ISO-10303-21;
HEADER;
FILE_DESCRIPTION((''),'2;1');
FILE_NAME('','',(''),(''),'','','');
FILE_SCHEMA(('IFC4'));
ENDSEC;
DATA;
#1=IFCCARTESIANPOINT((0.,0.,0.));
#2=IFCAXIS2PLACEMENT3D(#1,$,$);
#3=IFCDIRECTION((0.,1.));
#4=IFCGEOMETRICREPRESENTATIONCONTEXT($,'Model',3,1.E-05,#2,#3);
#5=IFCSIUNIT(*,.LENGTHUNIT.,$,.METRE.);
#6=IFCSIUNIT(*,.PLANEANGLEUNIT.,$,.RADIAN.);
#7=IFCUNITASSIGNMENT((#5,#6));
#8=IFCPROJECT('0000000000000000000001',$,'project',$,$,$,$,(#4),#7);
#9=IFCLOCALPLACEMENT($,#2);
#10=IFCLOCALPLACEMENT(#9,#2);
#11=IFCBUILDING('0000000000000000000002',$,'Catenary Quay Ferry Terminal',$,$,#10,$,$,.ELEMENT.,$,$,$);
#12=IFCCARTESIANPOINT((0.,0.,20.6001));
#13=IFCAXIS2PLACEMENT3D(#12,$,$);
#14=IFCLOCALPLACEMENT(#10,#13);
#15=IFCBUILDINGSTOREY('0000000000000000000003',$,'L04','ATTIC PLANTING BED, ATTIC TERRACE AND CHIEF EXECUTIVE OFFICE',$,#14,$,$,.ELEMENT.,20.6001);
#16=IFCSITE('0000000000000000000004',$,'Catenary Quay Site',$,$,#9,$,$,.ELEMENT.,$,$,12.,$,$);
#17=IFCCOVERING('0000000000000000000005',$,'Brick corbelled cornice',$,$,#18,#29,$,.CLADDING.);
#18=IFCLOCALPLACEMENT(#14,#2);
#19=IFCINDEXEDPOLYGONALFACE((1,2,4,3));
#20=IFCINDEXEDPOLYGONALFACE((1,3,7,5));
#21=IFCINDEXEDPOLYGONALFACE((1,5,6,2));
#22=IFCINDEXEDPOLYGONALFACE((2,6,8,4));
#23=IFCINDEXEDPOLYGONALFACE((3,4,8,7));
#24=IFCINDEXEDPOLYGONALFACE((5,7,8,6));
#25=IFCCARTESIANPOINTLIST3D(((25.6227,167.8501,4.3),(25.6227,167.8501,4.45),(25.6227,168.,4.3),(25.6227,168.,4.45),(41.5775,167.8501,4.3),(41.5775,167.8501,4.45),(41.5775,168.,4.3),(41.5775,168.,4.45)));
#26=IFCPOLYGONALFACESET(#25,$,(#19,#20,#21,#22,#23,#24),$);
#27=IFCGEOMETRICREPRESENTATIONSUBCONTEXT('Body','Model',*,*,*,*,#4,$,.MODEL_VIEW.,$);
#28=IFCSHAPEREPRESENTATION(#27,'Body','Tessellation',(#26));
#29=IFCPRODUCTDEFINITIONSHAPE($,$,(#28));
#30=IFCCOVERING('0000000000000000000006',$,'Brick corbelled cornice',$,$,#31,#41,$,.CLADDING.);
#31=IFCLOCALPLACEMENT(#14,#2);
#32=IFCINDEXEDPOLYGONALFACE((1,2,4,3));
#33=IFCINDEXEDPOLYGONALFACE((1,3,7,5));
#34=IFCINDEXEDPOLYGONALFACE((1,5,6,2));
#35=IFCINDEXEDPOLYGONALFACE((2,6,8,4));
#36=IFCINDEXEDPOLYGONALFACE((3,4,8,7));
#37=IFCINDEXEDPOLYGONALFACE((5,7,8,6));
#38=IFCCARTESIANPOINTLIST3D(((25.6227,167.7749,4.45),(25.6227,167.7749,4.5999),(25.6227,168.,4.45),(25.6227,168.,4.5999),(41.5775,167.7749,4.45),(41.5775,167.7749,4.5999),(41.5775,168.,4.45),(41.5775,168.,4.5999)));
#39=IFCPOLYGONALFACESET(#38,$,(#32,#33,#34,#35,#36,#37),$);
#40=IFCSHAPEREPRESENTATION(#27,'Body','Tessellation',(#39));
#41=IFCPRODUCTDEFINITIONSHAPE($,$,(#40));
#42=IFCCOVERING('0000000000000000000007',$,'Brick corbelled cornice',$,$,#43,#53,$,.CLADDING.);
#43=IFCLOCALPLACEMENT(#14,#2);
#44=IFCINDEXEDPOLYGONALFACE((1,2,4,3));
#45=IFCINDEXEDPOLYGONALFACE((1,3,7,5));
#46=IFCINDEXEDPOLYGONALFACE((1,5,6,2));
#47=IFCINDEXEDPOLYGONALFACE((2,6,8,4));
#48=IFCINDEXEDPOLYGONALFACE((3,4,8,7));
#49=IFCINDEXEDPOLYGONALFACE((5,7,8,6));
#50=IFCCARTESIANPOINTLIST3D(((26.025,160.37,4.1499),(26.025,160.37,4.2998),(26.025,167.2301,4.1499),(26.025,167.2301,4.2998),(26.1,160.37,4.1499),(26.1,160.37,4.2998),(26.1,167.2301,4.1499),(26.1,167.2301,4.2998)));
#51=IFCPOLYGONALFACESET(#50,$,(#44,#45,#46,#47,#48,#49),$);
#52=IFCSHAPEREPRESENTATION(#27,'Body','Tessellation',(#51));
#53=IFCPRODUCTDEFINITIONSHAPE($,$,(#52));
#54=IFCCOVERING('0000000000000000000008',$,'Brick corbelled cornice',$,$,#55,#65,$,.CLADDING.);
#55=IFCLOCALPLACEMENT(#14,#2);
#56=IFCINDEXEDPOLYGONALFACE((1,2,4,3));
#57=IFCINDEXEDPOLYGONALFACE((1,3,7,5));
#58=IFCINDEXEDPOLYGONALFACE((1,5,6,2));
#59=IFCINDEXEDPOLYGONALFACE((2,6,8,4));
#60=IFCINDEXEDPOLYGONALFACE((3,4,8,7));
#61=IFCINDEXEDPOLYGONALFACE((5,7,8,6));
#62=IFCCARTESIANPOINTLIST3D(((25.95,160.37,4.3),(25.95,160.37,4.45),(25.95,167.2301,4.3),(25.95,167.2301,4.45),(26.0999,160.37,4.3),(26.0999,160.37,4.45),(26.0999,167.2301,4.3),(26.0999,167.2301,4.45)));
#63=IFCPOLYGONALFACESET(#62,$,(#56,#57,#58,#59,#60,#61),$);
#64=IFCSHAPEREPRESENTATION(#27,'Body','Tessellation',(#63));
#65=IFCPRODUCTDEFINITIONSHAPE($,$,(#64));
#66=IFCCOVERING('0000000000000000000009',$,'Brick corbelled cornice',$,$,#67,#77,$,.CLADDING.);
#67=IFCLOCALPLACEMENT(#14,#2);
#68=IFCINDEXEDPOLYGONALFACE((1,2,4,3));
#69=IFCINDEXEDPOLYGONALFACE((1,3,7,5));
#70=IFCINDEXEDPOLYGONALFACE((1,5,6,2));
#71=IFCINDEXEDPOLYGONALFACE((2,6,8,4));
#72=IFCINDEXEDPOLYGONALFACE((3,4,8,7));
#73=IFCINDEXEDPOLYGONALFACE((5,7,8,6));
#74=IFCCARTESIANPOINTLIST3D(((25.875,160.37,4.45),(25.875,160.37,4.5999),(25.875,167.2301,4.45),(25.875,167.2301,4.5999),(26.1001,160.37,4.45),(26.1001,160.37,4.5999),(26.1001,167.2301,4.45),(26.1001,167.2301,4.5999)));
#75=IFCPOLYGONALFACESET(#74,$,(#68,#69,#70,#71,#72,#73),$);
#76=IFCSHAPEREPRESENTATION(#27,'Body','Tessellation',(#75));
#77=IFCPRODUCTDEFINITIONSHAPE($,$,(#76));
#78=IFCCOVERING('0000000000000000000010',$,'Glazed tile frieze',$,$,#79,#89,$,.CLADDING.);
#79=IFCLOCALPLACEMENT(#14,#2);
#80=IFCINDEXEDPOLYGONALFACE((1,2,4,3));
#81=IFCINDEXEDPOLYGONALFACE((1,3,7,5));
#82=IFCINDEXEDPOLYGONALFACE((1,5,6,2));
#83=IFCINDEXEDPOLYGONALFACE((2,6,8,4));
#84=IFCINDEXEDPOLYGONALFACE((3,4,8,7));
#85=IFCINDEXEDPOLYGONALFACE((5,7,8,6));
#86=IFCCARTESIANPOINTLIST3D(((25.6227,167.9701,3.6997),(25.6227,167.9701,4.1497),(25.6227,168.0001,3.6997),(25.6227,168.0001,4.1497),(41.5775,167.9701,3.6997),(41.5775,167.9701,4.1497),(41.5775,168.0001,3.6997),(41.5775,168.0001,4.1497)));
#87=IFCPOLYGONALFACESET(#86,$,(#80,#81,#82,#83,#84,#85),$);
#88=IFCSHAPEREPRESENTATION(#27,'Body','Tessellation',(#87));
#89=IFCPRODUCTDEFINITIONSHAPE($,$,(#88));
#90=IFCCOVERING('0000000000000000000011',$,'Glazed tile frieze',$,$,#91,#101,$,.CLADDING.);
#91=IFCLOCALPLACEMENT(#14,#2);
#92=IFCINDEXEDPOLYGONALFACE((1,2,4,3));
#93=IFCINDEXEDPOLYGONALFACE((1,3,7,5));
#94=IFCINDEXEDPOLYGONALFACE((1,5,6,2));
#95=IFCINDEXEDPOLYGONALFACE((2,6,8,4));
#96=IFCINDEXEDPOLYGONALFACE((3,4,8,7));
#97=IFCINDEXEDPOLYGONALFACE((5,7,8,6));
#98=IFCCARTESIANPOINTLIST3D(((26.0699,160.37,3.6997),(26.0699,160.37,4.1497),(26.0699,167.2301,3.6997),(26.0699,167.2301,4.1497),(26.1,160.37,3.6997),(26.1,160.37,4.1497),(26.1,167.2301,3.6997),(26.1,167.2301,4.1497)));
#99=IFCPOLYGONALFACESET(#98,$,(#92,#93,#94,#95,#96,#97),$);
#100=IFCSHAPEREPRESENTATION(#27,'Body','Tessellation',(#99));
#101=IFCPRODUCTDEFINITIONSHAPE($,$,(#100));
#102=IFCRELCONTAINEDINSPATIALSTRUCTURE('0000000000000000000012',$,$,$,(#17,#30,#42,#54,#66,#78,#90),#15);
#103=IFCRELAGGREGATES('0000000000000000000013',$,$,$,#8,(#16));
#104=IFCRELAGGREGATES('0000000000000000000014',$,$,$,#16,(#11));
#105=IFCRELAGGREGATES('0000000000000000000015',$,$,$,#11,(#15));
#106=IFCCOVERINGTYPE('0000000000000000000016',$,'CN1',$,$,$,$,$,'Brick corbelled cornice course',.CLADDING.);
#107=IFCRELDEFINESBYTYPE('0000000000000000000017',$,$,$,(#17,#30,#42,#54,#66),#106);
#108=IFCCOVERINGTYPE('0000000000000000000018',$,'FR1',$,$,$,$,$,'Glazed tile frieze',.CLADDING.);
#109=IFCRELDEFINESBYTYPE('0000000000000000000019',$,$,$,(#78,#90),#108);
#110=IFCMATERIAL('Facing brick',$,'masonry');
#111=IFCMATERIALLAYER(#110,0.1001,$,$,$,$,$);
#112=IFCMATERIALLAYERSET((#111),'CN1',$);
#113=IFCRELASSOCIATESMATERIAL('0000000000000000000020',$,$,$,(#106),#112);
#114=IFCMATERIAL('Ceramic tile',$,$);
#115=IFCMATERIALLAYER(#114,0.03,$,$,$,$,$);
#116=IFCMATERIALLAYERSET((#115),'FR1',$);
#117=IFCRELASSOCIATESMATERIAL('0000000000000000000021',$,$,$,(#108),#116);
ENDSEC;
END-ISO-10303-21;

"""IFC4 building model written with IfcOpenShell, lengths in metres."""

from ifc_helpers import new_model, si_unit, direction, frame, origin, origin_2d, place, context, subcontext, project, spatial, rectangle, extrude, material, layer, layer_set, type_object, element, save


model = new_model("IFC4")

# Units and contexts
model_context = context("Model", 3, precision=1e-05, world=origin(), true_north=direction((0.0, 1.0)))
body_context = subcontext(model_context, "Body", "Model", "MODEL_VIEW")
ifc_project = project(units=[si_unit("LENGTHUNIT", "METRE"), si_unit("PLANEANGLEUNIT", "RADIAN")], contexts=[model_context])

# Site, building, storey
site_placement = place(None, origin())
site = spatial("IfcSite", under=ifc_project, at=site_placement, Name="Catenary Quay Site", CompositionType="ELEMENT", RefElevation=12.0)
building_placement = place(site_placement, origin())
building = spatial("IfcBuilding", under=site, at=building_placement, Name="Catenary Quay Ferry Terminal", CompositionType="ELEMENT")
storey_placement = place(building_placement, frame((0.0, 0.0, 20.6001)))
storey = spatial("IfcBuildingStorey", under=building, at=storey_placement, Name="L04", Description="ATTIC PLANTING BED, ATTIC TERRACE AND CHIEF EXECUTIVE OFFICE", CompositionType="ELEMENT", Elevation=20.6001)

# Coverings
ifc_material_1 = material(Name="Facing brick", Category="masonry")
ifc_layer_1 = layer(ifc_material_1, 0.1001)
ifc_layer_set_1 = layer_set([ifc_layer_1], Name="CN1")
covering_type_1 = type_object("IfcCoveringType", Name="CN1", ElementType="Brick corbelled cornice course", PredefinedType="CLADDING", material=ifc_layer_set_1)
covering_1_placement = place(storey_placement, frame((33.6001, 167.925, 4.3), z_axis=(0.0, 0.0, 1.0), x_axis=(1.0, 0.0, 0.0)))
element("IfcCovering", 1, at=covering_1_placement, inside=storey, type_object=covering_type_1, Name="Brick corbelled cornice", PredefinedType="CLADDING", context=body_context, shape_type="SweptSolid", body=[
    extrude(rectangle(XDim=15.9548, YDim=0.1499, at=origin_2d()), origin(), (0.0, 0.0, 1.0), 0.1499),
])
covering_2_placement = place(storey_placement, frame((33.6001, 167.8875, 4.45), z_axis=(0.0, 0.0, 1.0), x_axis=(1.0, 0.0, 0.0)))
element("IfcCovering", 2, at=covering_2_placement, inside=storey, type_object=covering_type_1, Name="Brick corbelled cornice", PredefinedType="CLADDING", context=body_context, shape_type="SweptSolid", body=[
    extrude(rectangle(XDim=15.9548, YDim=0.2251, at=origin_2d()), origin(), (0.0, 0.0, 1.0), 0.1499),
])
covering_3_placement = place(storey_placement, frame((26.0625, 163.8, 4.1499), z_axis=(0.0, 0.0, 1.0), x_axis=(1.0, 0.0, 0.0)))
element("IfcCovering", 3, at=covering_3_placement, inside=storey, type_object=covering_type_1, Name="Brick corbelled cornice", PredefinedType="CLADDING", context=body_context, shape_type="SweptSolid", body=[
    extrude(rectangle(XDim=0.075, YDim=6.8601, at=origin_2d()), origin(), (0.0, 0.0, 1.0), 0.1499),
])
covering_4_placement = place(storey_placement, frame((26.0249, 163.8, 4.3), z_axis=(0.0, 0.0, 1.0), x_axis=(1.0, 0.0, 0.0)))
element("IfcCovering", 4, at=covering_4_placement, inside=storey, type_object=covering_type_1, Name="Brick corbelled cornice", PredefinedType="CLADDING", context=body_context, shape_type="SweptSolid", body=[
    extrude(rectangle(XDim=0.1499, YDim=6.8601, at=origin_2d()), origin(), (0.0, 0.0, 1.0), 0.1499),
])
covering_5_placement = place(storey_placement, frame((25.9875, 163.8, 4.45), z_axis=(0.0, 0.0, 1.0), x_axis=(1.0, 0.0, 0.0)))
element("IfcCovering", 5, at=covering_5_placement, inside=storey, type_object=covering_type_1, Name="Brick corbelled cornice", PredefinedType="CLADDING", context=body_context, shape_type="SweptSolid", body=[
    extrude(rectangle(XDim=0.2251, YDim=6.8601, at=origin_2d()), origin(), (0.0, 0.0, 1.0), 0.1499),
])
ifc_material_2 = material(Name="Ceramic tile")
ifc_layer_2 = layer(ifc_material_2, 0.03)
ifc_layer_set_2 = layer_set([ifc_layer_2], Name="FR1")
covering_type_2 = type_object("IfcCoveringType", Name="FR1", ElementType="Glazed tile frieze", PredefinedType="CLADDING", material=ifc_layer_set_2)
covering_6_placement = place(storey_placement, frame((33.6001, 167.9851, 3.6997), z_axis=(0.0, 0.0, 1.0), x_axis=(1.0, 0.0, 0.0)))
element("IfcCovering", 6, at=covering_6_placement, inside=storey, type_object=covering_type_2, Name="Glazed tile frieze", PredefinedType="CLADDING", context=body_context, shape_type="SweptSolid", body=[
    extrude(rectangle(XDim=15.9548, YDim=0.03, at=origin_2d()), origin(), (0.0, 0.0, 1.0), 0.45),
])
covering_7_placement = place(storey_placement, frame((26.085, 163.8, 3.6997), z_axis=(0.0, 0.0, 1.0), x_axis=(1.0, 0.0, 0.0)))
element("IfcCovering", 7, at=covering_7_placement, inside=storey, type_object=covering_type_2, Name="Glazed tile frieze", PredefinedType="CLADDING", context=body_context, shape_type="SweptSolid", body=[
    extrude(rectangle(XDim=0.03, YDim=6.8601, at=origin_2d()), origin(), (0.0, 0.0, 1.0), 0.45),
])

save(model, "model.ifc")
